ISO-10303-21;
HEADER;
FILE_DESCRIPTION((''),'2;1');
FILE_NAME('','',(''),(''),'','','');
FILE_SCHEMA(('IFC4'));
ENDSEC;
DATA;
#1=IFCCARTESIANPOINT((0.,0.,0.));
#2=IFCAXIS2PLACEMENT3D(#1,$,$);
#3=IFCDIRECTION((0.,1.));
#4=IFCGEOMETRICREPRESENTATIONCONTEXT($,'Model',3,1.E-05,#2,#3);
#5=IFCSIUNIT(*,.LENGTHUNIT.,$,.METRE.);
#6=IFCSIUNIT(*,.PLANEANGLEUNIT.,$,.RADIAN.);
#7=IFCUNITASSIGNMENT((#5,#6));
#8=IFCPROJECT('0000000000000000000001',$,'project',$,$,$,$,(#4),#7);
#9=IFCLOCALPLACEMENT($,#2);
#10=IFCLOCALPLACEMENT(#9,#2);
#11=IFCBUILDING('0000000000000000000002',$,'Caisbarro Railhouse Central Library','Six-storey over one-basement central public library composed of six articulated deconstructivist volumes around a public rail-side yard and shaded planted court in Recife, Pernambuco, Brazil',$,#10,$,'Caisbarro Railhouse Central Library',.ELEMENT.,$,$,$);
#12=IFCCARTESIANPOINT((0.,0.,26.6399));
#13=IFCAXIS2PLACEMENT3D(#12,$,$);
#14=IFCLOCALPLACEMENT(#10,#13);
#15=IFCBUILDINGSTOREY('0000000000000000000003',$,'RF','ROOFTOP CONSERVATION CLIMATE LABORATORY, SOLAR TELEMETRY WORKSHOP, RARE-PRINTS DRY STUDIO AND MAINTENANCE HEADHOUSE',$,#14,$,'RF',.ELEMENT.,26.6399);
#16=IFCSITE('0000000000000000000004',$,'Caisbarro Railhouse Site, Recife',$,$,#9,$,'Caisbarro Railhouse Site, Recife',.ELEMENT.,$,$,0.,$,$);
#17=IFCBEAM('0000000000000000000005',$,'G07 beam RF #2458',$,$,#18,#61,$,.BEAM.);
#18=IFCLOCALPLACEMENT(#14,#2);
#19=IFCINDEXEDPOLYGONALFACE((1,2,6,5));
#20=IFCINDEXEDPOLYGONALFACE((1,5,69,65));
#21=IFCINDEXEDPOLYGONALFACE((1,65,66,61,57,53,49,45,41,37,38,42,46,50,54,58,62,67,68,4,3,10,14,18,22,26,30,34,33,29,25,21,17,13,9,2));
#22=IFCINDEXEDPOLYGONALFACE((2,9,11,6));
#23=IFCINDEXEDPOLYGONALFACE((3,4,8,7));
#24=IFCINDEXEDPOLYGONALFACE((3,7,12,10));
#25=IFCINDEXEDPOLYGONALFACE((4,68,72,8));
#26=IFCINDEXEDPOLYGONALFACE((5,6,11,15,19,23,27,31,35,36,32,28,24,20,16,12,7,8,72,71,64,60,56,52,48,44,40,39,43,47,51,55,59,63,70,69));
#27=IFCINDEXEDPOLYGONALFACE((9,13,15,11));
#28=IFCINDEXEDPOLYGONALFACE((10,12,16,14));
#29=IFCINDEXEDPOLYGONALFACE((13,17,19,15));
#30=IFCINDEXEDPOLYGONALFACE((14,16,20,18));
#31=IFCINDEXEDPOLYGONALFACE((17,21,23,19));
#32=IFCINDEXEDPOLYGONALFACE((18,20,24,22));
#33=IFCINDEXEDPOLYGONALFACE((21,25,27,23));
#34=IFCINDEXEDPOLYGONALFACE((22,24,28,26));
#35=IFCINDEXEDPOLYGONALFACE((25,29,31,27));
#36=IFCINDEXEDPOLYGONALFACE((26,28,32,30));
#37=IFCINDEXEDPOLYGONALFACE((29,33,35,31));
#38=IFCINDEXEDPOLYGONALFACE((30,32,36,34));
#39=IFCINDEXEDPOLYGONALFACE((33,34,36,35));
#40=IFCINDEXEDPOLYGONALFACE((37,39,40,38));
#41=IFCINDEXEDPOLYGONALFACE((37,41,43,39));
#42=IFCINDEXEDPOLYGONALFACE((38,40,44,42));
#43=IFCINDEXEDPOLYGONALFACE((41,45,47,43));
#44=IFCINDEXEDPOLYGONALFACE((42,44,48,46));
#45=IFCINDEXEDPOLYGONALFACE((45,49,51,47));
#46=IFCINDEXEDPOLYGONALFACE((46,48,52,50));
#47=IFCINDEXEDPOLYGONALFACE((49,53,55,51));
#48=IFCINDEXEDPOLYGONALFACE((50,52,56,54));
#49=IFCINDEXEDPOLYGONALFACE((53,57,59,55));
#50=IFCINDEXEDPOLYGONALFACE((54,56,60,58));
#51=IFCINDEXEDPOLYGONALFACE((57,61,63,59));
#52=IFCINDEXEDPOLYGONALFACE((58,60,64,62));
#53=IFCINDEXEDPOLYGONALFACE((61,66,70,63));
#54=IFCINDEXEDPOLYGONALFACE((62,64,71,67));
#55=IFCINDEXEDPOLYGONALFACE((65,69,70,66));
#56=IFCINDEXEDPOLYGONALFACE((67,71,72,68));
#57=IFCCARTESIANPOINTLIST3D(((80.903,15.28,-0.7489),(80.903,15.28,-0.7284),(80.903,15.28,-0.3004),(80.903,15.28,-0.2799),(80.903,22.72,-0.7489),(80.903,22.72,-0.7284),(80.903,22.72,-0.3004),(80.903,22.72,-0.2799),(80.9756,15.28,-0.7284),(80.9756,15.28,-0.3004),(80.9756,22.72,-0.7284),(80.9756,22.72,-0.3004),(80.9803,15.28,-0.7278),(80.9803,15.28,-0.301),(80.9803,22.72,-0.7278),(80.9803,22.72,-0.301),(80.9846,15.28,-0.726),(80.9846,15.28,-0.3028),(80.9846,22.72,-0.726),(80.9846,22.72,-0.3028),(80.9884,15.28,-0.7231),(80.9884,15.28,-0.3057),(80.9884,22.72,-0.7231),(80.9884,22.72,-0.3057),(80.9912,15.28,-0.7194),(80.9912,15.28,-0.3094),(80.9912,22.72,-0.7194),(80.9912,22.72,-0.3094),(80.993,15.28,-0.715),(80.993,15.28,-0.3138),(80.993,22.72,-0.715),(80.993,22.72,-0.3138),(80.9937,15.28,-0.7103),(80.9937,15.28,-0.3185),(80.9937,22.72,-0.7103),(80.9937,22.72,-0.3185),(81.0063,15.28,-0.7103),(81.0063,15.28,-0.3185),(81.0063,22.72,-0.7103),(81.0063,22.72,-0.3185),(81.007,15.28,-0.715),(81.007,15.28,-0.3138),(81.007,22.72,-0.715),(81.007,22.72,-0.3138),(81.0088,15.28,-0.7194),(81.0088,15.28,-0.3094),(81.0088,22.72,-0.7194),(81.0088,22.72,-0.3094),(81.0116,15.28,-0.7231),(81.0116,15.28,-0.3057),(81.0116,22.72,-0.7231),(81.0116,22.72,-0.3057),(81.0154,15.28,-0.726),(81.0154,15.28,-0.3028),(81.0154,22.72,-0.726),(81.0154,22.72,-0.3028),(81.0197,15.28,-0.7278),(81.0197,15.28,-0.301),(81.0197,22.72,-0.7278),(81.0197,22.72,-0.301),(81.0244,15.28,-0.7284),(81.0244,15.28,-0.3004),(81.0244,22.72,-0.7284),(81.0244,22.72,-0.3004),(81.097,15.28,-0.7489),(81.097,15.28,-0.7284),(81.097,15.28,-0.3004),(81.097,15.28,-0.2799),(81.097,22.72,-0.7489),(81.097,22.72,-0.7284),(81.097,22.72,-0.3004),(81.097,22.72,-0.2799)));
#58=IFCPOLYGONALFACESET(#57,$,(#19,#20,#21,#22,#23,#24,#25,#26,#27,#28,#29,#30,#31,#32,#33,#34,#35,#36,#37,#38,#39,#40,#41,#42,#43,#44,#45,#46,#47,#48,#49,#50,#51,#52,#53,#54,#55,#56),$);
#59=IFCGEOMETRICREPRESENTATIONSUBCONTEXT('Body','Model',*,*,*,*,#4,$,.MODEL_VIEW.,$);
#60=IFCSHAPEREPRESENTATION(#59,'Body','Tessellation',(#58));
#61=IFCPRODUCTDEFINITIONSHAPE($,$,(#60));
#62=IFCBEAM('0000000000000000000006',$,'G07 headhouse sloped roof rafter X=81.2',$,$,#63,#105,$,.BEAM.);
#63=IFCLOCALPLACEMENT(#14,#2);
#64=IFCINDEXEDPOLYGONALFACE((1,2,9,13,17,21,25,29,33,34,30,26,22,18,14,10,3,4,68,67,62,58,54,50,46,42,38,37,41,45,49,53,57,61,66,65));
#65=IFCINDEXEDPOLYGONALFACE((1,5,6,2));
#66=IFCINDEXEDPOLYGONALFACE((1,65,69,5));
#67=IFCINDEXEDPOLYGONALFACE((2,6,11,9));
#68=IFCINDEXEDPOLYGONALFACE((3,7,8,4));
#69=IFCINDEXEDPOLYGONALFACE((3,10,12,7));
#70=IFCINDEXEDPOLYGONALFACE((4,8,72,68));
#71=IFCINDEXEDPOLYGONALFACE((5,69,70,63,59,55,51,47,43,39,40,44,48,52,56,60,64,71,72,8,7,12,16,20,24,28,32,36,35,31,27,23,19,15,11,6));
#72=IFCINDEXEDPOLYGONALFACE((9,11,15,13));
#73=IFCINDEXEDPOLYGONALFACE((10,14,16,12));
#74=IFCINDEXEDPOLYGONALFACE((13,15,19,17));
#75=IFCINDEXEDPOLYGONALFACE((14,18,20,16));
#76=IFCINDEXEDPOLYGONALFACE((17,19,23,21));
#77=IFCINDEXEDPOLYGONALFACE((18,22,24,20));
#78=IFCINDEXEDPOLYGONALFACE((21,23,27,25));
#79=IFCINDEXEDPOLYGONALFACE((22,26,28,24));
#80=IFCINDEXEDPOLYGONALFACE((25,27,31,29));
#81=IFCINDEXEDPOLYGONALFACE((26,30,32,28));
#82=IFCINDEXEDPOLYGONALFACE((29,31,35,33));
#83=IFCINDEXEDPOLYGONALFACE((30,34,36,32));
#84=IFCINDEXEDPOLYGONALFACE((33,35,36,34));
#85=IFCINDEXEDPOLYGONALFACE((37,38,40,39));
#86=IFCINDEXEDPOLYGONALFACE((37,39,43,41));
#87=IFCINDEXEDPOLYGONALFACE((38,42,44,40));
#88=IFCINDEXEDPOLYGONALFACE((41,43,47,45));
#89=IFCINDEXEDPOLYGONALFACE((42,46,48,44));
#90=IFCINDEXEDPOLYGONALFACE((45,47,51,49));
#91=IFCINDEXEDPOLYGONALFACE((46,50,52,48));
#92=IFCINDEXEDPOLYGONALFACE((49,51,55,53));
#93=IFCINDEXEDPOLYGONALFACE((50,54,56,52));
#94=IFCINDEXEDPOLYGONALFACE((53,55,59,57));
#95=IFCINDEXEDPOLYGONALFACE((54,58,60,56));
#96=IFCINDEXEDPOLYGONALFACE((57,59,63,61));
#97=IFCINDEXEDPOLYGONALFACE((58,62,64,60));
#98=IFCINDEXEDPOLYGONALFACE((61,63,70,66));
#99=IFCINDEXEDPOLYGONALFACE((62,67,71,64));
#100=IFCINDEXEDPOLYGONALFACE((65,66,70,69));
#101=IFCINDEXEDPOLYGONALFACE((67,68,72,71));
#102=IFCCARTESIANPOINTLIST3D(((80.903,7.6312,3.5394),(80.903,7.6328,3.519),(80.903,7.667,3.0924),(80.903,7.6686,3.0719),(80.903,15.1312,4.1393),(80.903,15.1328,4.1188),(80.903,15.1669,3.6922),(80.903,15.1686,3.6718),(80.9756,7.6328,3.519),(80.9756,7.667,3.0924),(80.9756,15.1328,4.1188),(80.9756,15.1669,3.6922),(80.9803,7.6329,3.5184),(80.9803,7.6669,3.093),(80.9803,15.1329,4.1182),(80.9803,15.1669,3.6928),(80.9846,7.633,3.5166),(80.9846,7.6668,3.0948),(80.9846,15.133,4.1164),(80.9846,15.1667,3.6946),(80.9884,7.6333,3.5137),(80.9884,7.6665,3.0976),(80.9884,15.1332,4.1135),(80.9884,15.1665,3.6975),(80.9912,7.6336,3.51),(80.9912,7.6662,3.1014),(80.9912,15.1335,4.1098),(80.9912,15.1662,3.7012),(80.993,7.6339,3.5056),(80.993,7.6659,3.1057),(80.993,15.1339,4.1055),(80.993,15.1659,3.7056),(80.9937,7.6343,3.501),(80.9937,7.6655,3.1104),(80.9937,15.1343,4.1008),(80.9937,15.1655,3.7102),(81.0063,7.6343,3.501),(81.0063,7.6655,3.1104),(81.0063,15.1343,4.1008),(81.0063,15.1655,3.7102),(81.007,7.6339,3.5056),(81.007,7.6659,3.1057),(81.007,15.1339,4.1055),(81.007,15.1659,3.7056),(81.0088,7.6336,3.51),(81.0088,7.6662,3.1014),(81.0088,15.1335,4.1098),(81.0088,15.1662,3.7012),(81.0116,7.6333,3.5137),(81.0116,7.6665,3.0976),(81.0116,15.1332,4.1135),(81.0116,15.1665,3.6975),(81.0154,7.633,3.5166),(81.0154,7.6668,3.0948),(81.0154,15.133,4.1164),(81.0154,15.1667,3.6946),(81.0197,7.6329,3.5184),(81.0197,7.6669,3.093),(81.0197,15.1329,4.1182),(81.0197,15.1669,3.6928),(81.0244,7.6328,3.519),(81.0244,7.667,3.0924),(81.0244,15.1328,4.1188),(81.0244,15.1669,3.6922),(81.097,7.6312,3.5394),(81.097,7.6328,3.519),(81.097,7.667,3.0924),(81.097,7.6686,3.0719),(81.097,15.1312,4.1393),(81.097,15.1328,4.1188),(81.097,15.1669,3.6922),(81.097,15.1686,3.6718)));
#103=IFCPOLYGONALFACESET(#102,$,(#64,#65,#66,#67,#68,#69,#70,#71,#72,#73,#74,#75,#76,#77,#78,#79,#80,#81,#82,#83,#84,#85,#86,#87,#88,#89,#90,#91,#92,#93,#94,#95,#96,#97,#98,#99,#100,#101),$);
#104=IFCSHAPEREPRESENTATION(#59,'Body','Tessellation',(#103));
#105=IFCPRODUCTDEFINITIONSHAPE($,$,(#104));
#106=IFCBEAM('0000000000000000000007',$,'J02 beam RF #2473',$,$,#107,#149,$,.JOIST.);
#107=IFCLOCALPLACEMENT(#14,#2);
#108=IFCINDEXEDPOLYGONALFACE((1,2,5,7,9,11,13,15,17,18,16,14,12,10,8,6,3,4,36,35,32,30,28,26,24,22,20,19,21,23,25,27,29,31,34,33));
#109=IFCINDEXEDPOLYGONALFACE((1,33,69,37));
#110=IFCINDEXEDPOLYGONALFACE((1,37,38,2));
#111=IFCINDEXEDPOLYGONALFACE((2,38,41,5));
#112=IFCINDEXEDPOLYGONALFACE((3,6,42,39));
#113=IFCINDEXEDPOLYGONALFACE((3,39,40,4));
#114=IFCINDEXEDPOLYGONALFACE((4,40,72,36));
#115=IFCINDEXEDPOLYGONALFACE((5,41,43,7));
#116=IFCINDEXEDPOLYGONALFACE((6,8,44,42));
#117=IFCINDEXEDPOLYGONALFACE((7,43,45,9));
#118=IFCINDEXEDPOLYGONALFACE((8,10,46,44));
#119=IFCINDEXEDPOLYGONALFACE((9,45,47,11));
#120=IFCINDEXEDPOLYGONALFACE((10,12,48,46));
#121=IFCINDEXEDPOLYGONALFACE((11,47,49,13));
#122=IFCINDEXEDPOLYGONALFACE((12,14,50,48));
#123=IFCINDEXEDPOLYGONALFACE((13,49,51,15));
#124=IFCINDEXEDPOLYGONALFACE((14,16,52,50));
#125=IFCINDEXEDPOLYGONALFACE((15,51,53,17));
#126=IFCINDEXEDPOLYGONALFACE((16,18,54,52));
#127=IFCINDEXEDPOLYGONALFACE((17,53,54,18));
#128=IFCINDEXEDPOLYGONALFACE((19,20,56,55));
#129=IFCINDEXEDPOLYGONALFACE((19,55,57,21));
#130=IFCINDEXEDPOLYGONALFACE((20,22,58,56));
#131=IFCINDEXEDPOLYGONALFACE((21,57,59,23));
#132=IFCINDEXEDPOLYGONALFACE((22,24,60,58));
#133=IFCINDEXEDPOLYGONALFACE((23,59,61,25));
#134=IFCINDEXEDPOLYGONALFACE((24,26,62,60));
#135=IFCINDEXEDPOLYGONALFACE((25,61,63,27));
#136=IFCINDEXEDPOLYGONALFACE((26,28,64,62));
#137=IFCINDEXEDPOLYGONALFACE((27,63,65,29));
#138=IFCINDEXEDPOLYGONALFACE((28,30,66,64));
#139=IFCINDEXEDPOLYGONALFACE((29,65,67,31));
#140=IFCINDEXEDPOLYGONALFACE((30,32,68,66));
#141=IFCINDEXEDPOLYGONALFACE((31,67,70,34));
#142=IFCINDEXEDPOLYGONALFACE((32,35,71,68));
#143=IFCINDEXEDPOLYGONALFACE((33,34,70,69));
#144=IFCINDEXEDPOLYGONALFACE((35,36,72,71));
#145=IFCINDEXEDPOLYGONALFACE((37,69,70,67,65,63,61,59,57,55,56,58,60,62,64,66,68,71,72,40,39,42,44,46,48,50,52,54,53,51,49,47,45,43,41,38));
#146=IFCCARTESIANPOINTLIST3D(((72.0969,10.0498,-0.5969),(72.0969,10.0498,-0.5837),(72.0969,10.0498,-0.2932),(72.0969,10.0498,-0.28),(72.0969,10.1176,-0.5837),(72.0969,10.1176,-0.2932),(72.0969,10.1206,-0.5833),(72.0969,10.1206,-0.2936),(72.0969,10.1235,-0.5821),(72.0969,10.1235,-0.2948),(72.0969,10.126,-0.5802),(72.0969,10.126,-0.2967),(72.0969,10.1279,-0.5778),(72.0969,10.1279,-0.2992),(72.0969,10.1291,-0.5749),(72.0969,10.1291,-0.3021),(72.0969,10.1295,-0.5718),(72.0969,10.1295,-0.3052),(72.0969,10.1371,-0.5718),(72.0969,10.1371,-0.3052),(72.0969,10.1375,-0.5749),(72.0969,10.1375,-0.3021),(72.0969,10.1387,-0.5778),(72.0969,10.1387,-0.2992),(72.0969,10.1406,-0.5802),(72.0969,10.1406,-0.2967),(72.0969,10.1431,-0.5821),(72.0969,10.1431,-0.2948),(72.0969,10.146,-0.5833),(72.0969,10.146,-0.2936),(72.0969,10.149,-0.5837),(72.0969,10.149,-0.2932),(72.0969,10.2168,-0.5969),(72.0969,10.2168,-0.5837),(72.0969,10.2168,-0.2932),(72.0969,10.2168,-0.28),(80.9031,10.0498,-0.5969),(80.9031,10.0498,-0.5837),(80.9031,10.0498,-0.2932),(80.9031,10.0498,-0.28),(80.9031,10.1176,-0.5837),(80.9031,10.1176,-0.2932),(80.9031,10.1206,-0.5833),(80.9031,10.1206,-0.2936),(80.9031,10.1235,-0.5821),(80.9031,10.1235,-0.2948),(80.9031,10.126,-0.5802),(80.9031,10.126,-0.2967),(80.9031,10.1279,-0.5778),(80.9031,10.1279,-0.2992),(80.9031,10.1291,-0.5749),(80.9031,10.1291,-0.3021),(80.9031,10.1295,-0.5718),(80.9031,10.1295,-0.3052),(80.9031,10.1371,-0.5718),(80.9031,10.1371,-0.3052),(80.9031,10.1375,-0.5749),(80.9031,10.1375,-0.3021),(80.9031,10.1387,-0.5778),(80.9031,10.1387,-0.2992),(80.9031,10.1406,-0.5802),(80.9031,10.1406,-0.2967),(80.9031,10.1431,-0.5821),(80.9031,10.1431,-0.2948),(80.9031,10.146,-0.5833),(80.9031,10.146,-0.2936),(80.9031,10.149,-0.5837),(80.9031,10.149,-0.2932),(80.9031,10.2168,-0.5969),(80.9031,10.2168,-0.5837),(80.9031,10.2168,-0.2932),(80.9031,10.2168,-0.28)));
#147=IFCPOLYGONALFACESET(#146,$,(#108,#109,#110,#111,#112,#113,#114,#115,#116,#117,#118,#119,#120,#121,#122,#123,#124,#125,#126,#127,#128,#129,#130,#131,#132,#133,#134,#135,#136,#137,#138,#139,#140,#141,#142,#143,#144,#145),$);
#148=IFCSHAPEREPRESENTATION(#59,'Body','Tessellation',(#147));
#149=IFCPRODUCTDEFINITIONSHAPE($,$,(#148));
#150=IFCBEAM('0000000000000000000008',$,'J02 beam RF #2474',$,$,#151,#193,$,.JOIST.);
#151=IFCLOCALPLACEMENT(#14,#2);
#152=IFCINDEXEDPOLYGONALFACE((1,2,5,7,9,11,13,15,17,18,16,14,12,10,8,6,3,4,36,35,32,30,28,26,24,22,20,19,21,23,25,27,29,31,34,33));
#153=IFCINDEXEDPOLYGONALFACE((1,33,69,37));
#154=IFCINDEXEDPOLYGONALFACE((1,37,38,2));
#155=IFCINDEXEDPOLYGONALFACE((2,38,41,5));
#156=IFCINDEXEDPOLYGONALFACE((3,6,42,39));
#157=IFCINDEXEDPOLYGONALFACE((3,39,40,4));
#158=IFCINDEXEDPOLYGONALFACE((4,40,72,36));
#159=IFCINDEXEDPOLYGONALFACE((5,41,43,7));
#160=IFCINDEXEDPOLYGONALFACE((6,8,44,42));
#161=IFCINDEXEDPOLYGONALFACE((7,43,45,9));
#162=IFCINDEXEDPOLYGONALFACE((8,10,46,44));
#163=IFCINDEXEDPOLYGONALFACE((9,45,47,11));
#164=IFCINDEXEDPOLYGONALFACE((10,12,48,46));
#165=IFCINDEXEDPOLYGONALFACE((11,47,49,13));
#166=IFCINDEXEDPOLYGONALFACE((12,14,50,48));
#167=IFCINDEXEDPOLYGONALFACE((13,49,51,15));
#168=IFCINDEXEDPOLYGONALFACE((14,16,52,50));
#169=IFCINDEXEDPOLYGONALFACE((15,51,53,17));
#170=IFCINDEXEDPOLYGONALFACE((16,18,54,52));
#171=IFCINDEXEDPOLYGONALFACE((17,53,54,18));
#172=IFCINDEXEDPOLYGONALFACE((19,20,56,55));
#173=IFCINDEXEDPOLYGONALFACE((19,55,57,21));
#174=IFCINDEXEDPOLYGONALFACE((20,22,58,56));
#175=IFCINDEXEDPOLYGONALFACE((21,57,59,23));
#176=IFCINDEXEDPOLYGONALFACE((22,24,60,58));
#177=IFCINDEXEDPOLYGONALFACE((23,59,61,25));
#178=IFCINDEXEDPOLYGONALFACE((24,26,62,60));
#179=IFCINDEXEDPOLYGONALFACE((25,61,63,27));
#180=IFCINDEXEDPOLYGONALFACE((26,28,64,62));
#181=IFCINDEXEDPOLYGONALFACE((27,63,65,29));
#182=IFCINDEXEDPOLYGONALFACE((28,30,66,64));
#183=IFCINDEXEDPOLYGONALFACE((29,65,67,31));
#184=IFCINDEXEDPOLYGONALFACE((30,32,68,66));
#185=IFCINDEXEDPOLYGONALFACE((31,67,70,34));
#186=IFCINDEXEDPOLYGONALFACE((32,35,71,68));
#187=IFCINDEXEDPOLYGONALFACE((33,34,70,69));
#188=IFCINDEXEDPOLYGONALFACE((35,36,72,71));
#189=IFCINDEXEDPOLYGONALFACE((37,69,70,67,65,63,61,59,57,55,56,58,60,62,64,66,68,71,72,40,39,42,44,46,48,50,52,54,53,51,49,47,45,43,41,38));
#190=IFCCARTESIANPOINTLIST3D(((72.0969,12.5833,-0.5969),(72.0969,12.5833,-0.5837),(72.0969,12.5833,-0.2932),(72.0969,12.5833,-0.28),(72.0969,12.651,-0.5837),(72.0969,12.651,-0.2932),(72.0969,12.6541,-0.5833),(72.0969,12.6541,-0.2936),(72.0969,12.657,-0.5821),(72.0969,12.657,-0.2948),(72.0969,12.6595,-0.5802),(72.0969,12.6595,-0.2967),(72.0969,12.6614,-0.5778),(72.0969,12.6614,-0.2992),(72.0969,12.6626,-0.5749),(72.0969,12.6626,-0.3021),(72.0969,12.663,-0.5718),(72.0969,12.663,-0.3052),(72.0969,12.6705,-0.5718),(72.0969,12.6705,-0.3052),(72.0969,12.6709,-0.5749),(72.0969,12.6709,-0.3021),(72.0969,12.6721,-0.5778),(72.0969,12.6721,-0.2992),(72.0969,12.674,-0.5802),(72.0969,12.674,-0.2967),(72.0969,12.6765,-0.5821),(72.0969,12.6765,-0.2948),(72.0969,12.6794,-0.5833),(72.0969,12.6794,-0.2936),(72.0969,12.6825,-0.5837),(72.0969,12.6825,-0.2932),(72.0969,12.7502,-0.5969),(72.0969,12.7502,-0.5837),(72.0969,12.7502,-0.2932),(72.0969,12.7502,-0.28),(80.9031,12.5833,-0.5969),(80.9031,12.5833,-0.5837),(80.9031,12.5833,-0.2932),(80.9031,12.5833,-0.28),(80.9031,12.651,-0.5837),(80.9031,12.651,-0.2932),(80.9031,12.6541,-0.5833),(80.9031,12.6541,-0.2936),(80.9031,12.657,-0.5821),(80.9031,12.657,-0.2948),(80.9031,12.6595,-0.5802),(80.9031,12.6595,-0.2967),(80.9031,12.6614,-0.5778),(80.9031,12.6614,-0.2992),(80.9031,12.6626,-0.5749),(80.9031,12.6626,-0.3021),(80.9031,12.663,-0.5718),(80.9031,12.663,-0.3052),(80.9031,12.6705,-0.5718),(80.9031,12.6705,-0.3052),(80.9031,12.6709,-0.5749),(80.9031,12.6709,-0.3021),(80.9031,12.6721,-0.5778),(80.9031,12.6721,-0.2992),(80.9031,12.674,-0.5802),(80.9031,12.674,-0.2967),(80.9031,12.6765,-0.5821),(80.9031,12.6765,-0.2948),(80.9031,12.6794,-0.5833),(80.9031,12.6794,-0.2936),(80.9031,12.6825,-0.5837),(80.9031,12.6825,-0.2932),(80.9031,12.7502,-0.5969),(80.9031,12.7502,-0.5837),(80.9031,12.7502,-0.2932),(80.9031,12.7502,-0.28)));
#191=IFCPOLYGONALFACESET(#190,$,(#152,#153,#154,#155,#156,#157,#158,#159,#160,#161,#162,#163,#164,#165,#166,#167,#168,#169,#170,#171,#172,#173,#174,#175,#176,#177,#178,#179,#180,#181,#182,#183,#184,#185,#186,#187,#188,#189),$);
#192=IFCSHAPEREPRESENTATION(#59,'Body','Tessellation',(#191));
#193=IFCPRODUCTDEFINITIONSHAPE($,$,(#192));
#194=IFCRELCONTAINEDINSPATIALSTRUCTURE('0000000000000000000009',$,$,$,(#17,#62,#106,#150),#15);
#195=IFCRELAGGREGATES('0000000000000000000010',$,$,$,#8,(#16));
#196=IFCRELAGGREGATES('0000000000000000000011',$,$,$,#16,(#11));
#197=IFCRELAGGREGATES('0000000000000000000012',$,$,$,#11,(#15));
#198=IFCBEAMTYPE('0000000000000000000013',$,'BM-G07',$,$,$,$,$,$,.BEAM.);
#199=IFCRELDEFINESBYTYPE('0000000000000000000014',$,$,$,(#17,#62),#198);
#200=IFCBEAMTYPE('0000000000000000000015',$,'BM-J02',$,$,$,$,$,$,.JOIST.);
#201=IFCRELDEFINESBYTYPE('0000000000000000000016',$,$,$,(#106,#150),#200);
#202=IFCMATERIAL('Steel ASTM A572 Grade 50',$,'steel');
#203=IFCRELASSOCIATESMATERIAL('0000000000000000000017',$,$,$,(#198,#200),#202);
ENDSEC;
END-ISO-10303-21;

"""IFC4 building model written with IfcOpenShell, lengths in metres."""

from ifc_helpers import new_model, si_unit, direction, frame, origin, origin_2d, place, context, subcontext, project, spatial, i_section, extrude, material, material_profile, profile_set, type_object, element, save


model = new_model("IFC4")

# Units and contexts
model_context = context("Model", 3, precision=1e-05, world=origin(), true_north=direction((0.0, 1.0)))
body_context = subcontext(model_context, "Body", "Model", "MODEL_VIEW")
ifc_project = project(units=[si_unit("LENGTHUNIT", "METRE"), si_unit("PLANEANGLEUNIT", "RADIAN")], contexts=[model_context])

# Site, building, storey
site_placement = place(None, origin())
site = spatial("IfcSite", under=ifc_project, at=site_placement, Name="Caisbarro Railhouse Site, Recife", LongName="Caisbarro Railhouse Site, Recife", CompositionType="ELEMENT", RefElevation=0.0)
building_placement = place(site_placement, origin())
building = spatial("IfcBuilding", under=site, at=building_placement, Name="Caisbarro Railhouse Central Library", Description="Six-storey over one-basement central public library composed of six articulated deconstructivist volumes around a public rail-side yard and shaded planted court in Recife, Pernambuco, Brazil", LongName="Caisbarro Railhouse Central Library", CompositionType="ELEMENT")
storey_placement = place(building_placement, frame((0.0, 0.0, 26.6399)))
storey = spatial("IfcBuildingStorey", under=building, at=storey_placement, Name="RF", Description="ROOFTOP CONSERVATION CLIMATE LABORATORY, SOLAR TELEMETRY WORKSHOP, RARE-PRINTS DRY STUDIO AND MAINTENANCE HEADHOUSE", LongName="RF", CompositionType="ELEMENT", Elevation=26.6399)

# Shared definitions
ifc_material_1 = material(Name="Steel ASTM A572 Grade 50", Category="steel")

# Beams
ifc_material_profile_1 = material_profile(ifc_material_1, i_section(OverallWidth=0.1941, OverallDepth=0.469, WebThickness=0.0127, FlangeThickness=0.0205, FilletRadius=0.0181, at=origin_2d()), Name="W460X106.0")
ifc_profile_set_1 = profile_set([ifc_material_profile_1], Name="Steel ASTM A572 Grade 50")
beam_type_1 = type_object("IfcBeamType", Name="BM-G07", PredefinedType="BEAM", material=ifc_profile_set_1)
beam_1_placement = place(storey_placement, frame((81.0, 15.28, -0.5144), z_axis=(0.0, 1.0, 0.0), x_axis=(-1.0, 0.0, 0.0)))
element("IfcBeam", 1, at=beam_1_placement, inside=storey, type_object=beam_type_1, Name="G07 beam RF #2458", PredefinedType="BEAM", context=body_context, shape_type="SweptSolid", body=[
    extrude(i_section(OverallWidth=0.1941, OverallDepth=0.469, WebThickness=0.0127, FlangeThickness=0.0205, FilletRadius=0.0181, at=origin_2d()), origin(), (0.0, 0.0, 1.0), 7.4399),
])
beam_2_placement = place(storey_placement, frame((81.0, 7.6499, 3.3057), z_axis=(0.0, 0.996817, 0.079726), x_axis=(-1.0, 0.0, 0.0)))
element("IfcBeam", 2, at=beam_2_placement, inside=storey, type_object=beam_type_1, Name="G07 headhouse sloped roof rafter X=81.2", PredefinedType="BEAM", context=body_context, shape_type="SweptSolid", body=[
    extrude(i_section(OverallWidth=0.1941, OverallDepth=0.469, WebThickness=0.0127, FlangeThickness=0.0205, FilletRadius=0.0181, at=origin_2d()), origin(), (0.0, 0.0, 1.0), 7.5239),
])
ifc_material_profile_2 = material_profile(ifc_material_1, i_section(OverallWidth=0.167, OverallDepth=0.3169, WebThickness=0.0076, FlangeThickness=0.0132, FilletRadius=0.012, at=origin_2d()), Name="W310X52.0")
ifc_profile_set_2 = profile_set([ifc_material_profile_2], Name="Steel ASTM A572 Grade 50")
beam_type_2 = type_object("IfcBeamType", Name="BM-J02", PredefinedType="JOIST", material=ifc_profile_set_2)
for number, where, z_axis, x_axis, name in (
    (3, (72.0969, 10.1333, -0.4385), (1.0, 0.0, 0.0), (0.0, 1.0, 0.0), "J02 beam RF #2473"),
    (4, (72.0969, 12.6667, -0.4385), (1.0, 0.0, 0.0), (0.0, 1.0, 0.0), "J02 beam RF #2474"),
):
    element("IfcBeam", number, at=place(storey_placement, frame(where, z_axis=z_axis, x_axis=x_axis)), inside=storey, type_object=beam_type_2, Name=name, PredefinedType="JOIST", context=body_context, shape_type="SweptSolid", body=[
        extrude(i_section(OverallWidth=0.167, OverallDepth=0.3169, WebThickness=0.0076, FlangeThickness=0.0132, FilletRadius=0.012, at=origin_2d()), origin(), (0.0, 0.0, 1.0), 8.8062),
    ])

save(model, "model.ifc")
